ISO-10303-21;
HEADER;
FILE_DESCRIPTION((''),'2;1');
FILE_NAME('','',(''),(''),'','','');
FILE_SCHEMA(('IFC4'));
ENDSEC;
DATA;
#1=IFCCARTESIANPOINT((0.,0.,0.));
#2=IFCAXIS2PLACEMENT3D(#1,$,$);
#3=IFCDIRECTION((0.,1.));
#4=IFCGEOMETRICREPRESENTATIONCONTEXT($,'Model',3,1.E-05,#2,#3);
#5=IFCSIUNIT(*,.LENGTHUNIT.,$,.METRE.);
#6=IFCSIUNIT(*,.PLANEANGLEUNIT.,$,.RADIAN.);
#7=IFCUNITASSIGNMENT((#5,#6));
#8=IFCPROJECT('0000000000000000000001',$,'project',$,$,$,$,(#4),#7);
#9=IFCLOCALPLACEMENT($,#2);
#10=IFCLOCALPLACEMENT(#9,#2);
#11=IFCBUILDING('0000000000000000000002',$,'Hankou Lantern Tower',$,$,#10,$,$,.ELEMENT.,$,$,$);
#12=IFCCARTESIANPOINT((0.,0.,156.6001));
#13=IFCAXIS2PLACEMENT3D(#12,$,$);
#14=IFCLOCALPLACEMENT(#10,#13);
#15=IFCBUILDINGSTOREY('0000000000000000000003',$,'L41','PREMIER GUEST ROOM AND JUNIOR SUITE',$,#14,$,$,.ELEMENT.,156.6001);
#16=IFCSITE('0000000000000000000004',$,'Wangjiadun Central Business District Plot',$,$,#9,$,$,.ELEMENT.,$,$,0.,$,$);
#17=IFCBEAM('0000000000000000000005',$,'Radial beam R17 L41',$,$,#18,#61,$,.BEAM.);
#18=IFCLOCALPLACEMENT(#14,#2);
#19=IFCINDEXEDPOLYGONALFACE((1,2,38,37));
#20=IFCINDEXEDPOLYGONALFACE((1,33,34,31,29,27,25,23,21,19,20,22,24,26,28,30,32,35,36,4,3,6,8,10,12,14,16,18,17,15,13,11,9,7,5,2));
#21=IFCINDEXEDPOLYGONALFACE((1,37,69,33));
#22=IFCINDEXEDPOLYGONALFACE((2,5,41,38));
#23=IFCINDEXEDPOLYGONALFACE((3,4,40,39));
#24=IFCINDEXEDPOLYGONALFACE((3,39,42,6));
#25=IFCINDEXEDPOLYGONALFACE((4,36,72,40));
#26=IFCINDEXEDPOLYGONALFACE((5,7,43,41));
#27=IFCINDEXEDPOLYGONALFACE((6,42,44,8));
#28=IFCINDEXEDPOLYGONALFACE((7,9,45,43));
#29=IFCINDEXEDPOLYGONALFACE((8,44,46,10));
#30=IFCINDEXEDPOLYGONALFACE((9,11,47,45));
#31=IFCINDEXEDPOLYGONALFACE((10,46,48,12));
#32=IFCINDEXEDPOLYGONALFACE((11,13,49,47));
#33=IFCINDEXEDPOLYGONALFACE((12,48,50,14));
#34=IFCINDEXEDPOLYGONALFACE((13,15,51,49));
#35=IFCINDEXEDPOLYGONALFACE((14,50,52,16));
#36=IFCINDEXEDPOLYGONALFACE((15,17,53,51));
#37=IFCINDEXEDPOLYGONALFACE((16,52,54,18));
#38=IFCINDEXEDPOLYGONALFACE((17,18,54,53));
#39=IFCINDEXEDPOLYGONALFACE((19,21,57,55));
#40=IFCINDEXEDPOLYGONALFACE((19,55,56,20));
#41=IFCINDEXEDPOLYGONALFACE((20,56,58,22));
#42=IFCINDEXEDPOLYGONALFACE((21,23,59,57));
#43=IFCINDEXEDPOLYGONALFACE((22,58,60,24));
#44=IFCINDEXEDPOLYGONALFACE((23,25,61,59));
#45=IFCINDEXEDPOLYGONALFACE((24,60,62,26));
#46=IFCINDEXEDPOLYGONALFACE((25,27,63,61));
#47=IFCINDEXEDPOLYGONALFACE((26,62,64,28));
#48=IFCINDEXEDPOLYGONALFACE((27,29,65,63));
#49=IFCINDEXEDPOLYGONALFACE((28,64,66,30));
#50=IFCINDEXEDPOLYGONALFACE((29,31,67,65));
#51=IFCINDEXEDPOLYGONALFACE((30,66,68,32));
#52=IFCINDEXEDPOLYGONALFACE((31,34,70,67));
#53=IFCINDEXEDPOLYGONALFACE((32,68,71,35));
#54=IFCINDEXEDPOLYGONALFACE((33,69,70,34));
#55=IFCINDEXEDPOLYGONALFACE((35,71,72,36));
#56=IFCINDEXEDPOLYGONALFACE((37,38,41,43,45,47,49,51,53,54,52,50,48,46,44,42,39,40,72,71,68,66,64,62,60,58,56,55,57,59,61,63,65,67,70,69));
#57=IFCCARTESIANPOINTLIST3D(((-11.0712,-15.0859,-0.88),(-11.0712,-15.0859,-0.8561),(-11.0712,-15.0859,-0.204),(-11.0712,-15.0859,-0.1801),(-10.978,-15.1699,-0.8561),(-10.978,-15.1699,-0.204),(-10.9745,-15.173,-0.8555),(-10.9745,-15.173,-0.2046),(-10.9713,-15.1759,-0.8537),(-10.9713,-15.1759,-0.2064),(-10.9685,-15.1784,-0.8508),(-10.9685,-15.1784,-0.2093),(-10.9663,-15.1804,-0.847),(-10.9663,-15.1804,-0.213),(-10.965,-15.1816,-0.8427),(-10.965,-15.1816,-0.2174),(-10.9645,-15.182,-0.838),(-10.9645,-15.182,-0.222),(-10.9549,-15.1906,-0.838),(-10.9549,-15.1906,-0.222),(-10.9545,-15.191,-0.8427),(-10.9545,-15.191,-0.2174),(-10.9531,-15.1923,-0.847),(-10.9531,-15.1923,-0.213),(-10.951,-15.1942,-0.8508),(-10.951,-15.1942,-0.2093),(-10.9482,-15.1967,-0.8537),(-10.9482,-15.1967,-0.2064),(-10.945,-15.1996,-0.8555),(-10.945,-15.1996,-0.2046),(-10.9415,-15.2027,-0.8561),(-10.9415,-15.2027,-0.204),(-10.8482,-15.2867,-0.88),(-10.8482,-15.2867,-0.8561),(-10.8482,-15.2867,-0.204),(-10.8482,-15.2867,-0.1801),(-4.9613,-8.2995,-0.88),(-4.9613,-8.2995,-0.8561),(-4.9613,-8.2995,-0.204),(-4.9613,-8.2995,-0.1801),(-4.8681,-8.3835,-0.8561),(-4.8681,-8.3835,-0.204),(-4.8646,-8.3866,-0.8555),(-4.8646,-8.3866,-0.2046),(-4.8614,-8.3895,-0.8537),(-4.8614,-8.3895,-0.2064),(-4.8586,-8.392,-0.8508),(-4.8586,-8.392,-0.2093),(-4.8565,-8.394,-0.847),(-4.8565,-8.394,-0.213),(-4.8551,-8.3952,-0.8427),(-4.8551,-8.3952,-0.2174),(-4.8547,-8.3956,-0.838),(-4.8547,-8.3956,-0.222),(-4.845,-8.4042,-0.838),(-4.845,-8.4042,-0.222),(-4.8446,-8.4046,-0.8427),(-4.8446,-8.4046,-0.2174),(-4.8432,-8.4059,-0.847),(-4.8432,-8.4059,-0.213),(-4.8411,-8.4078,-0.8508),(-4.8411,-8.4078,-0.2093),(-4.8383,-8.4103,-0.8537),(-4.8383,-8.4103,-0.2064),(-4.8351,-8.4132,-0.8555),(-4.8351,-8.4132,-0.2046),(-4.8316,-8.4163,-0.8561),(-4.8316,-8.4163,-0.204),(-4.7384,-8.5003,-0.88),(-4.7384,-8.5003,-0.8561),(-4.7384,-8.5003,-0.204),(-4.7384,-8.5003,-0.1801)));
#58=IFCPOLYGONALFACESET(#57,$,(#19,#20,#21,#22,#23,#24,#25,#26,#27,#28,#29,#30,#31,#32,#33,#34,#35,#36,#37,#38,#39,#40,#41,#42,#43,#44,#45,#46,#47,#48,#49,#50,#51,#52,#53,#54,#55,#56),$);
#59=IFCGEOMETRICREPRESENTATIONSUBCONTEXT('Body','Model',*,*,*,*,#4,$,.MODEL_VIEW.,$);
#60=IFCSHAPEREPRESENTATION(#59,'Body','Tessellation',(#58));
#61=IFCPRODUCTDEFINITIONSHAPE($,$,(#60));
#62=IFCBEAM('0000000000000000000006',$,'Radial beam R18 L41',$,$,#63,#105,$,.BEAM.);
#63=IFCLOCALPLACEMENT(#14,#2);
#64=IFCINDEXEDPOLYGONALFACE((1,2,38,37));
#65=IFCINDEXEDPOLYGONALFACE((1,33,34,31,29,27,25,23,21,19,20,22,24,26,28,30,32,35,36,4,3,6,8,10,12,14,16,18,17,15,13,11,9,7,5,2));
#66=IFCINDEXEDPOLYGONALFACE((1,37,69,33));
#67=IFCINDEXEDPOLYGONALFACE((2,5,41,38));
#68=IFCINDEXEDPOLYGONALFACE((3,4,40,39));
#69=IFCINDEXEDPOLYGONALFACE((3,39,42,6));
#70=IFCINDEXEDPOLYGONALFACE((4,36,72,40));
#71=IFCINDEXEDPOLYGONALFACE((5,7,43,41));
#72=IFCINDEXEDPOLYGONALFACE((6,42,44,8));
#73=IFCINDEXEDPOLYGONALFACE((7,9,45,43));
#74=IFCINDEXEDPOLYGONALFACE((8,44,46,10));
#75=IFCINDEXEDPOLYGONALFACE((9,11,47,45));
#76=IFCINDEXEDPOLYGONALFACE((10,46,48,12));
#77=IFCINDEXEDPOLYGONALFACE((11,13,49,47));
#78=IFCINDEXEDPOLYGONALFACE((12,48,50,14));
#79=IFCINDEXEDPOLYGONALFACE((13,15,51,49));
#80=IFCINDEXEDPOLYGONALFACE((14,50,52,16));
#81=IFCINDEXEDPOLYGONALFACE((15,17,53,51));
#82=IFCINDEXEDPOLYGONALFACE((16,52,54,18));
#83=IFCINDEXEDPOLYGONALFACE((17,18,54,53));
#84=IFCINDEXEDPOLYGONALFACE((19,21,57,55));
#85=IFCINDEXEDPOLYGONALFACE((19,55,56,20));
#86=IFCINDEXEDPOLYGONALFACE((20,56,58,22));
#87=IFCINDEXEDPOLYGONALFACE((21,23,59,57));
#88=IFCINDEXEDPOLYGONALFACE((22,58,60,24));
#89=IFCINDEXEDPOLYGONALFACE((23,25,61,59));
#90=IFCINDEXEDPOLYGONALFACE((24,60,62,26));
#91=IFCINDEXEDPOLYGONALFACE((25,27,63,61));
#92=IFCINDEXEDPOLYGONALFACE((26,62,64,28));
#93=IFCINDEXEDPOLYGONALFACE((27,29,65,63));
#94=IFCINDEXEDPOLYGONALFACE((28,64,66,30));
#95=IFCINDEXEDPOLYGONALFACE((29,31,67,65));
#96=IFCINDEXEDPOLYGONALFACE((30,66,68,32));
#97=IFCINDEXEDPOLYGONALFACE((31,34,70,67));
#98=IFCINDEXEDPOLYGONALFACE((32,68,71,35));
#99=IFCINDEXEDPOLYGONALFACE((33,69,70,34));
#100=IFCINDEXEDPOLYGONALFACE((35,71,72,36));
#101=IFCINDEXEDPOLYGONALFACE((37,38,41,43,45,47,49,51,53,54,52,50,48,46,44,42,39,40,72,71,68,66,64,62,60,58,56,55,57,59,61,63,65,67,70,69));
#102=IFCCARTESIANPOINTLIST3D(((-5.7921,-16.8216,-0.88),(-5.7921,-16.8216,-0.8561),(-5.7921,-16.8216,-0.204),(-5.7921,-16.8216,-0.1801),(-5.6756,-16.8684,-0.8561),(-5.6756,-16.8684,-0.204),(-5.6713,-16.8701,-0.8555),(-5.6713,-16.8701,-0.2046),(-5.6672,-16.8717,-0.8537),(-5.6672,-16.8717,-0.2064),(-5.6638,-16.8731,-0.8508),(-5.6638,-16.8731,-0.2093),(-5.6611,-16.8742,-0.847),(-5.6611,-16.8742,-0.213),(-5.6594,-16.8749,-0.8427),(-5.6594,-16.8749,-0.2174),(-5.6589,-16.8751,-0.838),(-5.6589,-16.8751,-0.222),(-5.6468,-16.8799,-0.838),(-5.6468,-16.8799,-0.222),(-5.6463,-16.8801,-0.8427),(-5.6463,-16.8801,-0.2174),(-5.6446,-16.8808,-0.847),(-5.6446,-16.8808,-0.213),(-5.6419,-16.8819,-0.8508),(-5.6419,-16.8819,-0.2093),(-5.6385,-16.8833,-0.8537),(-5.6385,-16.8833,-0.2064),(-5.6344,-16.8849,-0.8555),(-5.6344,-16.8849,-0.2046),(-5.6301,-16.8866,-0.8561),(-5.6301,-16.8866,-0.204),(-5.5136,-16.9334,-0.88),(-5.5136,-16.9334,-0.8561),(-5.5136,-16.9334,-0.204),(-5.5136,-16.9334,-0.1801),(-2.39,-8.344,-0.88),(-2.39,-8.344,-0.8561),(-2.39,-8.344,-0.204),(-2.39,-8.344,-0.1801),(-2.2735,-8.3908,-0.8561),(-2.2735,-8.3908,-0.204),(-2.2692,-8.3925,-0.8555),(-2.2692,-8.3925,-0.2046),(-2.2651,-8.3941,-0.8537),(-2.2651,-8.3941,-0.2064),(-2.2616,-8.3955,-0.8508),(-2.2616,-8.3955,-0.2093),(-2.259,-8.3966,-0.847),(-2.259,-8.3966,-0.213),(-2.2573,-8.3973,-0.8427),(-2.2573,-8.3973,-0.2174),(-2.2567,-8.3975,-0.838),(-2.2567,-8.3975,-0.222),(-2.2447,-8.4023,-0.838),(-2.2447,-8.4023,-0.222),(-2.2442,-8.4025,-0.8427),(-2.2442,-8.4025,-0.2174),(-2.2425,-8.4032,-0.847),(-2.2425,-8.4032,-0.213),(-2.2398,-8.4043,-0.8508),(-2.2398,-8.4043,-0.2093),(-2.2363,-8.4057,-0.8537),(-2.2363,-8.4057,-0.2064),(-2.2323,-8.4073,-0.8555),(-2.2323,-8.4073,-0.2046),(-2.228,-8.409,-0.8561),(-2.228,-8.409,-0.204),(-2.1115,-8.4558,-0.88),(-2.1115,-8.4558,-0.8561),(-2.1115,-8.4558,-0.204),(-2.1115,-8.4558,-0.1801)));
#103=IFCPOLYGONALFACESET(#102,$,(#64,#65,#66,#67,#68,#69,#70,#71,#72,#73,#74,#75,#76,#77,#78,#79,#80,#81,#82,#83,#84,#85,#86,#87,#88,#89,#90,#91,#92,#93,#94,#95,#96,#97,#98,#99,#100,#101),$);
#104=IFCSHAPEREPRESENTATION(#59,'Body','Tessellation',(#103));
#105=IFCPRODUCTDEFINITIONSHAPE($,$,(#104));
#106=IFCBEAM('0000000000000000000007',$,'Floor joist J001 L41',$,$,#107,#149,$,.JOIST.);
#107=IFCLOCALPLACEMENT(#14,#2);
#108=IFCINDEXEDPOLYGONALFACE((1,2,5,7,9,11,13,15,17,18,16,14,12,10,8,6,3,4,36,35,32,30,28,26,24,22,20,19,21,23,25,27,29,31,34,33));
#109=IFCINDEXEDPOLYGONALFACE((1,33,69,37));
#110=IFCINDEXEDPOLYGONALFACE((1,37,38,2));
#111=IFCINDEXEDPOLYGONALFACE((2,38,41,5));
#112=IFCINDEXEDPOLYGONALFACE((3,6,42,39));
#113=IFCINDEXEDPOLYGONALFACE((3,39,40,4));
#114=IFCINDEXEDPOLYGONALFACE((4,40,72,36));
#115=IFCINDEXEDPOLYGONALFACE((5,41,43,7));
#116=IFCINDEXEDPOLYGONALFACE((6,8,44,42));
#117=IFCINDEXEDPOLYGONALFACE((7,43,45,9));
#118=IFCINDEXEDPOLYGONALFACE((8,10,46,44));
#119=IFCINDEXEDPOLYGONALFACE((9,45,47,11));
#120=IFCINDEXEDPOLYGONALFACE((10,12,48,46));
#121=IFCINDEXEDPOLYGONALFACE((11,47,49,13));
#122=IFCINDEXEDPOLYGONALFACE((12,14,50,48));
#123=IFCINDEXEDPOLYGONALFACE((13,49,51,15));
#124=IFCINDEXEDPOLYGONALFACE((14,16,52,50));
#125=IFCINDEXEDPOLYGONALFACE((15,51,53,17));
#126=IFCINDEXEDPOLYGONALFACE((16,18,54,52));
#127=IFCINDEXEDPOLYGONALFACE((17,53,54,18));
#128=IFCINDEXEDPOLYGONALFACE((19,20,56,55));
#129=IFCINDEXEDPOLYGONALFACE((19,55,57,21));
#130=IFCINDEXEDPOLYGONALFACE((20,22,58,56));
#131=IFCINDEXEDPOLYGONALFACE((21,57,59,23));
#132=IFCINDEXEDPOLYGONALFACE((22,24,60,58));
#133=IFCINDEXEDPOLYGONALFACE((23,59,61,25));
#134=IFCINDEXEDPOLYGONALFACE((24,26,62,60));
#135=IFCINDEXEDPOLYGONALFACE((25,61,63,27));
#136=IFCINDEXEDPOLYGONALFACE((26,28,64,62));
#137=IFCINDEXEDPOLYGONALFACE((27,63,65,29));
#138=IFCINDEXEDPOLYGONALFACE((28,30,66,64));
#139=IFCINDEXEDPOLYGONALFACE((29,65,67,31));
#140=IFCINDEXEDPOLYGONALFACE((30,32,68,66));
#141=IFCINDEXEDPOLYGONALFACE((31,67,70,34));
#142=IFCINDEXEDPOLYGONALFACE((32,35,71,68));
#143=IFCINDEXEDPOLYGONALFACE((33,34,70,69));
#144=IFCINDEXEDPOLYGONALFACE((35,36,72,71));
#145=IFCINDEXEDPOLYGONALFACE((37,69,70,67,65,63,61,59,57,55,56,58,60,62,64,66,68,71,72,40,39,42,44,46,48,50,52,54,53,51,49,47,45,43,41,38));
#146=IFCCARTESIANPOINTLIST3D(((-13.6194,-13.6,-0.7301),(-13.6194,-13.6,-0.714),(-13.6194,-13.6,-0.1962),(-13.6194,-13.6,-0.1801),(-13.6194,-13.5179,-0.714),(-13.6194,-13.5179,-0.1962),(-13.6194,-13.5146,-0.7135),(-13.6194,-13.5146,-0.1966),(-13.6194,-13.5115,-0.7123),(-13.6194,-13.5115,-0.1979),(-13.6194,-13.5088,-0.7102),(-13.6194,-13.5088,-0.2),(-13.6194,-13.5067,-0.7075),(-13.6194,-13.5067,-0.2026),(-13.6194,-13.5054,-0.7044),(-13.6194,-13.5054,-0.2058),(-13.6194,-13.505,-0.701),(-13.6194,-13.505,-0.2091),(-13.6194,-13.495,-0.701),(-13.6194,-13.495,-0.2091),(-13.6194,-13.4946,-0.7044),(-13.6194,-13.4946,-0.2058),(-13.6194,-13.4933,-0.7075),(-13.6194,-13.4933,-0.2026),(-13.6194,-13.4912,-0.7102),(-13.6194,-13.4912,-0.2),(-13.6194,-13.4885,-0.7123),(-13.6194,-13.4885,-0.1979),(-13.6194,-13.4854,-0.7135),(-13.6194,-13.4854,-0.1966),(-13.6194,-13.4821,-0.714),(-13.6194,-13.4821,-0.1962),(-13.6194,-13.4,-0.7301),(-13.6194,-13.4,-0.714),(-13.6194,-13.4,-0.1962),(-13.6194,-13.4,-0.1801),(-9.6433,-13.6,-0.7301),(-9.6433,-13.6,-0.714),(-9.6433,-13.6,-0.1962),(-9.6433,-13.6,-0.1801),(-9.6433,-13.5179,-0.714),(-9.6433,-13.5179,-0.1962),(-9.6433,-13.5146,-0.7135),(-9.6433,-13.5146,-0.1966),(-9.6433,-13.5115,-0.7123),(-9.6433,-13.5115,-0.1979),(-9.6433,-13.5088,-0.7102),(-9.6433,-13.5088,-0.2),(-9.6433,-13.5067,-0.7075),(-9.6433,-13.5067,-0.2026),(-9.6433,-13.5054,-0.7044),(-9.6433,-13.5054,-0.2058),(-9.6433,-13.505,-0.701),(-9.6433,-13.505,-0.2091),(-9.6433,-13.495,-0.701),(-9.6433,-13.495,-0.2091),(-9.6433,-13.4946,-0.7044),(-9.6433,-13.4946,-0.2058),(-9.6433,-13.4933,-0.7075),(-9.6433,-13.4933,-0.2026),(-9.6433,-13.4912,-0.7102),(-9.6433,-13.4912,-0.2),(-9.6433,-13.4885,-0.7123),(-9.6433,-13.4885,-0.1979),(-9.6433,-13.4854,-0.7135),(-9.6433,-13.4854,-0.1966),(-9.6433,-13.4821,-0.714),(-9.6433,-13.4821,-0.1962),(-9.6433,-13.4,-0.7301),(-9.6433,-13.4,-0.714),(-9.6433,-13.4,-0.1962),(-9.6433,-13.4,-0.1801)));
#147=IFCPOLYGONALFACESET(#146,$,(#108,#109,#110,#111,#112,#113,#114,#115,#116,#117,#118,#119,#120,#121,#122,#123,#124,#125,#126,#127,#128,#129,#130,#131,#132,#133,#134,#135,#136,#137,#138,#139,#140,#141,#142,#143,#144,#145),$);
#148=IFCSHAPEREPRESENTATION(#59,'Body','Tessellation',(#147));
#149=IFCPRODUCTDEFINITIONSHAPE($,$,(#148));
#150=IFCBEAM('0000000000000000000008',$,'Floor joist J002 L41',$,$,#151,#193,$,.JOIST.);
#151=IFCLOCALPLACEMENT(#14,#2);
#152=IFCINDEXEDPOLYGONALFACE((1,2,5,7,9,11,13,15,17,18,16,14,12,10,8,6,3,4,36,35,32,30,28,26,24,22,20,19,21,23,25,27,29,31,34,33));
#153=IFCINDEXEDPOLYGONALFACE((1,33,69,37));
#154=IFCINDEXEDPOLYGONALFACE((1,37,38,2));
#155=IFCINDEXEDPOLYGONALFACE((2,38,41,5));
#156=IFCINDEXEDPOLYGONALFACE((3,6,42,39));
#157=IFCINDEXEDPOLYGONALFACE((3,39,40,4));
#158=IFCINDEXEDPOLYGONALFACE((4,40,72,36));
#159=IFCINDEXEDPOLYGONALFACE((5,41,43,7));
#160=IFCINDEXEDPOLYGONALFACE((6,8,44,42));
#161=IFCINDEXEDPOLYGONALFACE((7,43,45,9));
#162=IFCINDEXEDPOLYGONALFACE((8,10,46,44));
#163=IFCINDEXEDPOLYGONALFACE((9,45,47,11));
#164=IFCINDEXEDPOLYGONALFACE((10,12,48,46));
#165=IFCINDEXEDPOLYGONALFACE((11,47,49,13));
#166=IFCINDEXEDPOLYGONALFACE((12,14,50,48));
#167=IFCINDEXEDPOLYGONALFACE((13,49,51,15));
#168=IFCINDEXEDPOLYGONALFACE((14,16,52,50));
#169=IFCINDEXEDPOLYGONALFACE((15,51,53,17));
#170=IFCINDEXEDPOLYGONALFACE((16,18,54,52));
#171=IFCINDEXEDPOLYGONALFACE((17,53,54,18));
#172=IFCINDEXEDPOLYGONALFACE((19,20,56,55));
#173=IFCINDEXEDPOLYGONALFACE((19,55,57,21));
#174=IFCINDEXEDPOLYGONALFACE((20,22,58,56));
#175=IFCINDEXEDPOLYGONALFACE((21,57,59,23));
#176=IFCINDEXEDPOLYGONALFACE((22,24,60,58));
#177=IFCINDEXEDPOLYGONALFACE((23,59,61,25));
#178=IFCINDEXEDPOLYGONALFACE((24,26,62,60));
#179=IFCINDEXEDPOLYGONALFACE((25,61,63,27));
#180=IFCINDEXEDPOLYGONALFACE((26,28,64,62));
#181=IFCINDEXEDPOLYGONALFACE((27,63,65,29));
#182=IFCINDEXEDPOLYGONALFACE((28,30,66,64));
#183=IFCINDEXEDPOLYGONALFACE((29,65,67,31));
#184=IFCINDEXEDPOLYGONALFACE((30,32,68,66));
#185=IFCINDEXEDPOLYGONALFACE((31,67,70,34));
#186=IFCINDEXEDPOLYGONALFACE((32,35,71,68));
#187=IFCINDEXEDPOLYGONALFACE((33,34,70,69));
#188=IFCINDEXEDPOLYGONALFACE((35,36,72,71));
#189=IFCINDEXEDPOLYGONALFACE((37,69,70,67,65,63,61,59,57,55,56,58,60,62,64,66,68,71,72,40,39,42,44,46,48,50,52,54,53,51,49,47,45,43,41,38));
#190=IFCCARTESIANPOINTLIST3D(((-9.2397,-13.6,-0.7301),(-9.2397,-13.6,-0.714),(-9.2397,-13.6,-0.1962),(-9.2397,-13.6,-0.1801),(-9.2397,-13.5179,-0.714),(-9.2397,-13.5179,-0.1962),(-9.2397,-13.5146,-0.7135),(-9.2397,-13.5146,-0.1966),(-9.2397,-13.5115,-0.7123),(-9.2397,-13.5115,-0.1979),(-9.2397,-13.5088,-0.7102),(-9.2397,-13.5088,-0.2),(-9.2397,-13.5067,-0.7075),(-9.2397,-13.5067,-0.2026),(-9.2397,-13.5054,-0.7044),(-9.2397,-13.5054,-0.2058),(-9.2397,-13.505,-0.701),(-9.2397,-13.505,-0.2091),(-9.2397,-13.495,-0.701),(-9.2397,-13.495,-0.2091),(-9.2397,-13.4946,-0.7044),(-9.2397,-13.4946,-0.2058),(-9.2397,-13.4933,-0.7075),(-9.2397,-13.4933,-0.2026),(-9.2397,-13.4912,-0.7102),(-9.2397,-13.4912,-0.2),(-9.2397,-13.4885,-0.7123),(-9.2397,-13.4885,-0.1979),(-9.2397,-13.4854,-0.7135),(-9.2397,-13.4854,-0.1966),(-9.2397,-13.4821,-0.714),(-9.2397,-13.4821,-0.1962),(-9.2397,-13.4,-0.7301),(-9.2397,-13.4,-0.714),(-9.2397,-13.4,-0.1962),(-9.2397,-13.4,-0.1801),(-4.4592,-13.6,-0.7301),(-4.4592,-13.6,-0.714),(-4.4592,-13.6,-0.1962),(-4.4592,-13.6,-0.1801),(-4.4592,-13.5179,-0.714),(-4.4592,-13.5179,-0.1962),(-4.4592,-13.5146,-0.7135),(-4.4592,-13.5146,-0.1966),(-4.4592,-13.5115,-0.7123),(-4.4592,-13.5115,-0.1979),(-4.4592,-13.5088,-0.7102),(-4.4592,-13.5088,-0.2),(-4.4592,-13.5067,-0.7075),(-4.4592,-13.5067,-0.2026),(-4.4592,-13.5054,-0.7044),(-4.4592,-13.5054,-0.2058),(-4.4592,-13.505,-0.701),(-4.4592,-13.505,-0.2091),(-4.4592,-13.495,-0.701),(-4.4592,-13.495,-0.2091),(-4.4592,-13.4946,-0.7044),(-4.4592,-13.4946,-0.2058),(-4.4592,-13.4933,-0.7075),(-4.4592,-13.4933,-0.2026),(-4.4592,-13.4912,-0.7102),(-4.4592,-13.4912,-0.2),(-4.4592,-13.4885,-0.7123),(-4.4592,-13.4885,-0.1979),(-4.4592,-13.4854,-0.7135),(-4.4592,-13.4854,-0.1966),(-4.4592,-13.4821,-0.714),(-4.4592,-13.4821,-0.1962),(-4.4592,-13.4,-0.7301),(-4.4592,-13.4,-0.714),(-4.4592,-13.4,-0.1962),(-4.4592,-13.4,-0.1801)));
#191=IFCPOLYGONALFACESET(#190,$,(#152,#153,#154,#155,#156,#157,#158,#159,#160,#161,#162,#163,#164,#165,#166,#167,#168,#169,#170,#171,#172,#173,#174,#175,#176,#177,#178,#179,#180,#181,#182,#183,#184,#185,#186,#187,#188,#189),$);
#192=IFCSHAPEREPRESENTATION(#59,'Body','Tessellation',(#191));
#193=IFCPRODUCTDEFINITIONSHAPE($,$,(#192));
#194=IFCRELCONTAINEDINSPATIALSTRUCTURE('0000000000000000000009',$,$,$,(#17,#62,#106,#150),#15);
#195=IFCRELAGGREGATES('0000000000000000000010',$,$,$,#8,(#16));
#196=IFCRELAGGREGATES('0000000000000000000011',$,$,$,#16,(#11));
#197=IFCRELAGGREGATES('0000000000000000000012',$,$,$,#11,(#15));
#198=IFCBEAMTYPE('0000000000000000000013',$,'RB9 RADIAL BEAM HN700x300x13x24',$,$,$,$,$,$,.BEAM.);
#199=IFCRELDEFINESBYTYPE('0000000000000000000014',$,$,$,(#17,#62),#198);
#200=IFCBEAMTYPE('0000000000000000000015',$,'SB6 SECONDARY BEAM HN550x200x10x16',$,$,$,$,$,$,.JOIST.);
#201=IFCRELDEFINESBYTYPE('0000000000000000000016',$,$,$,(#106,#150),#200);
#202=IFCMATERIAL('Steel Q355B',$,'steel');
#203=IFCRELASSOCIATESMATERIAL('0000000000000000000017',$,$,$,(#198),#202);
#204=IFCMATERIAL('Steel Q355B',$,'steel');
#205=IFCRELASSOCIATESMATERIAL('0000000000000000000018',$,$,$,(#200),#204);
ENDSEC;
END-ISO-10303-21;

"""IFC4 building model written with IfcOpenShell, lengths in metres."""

from ifc_helpers import new_model, si_unit, direction, frame, origin, origin_2d, place, context, subcontext, project, spatial, i_section, extrude, material, material_profile, profile_set, type_object, element, save


model = new_model("IFC4")

# Units and contexts
model_context = context("Model", 3, precision=1e-05, world=origin(), true_north=direction((0.0, 1.0)))
body_context = subcontext(model_context, "Body", "Model", "MODEL_VIEW")
ifc_project = project(units=[si_unit("LENGTHUNIT", "METRE"), si_unit("PLANEANGLEUNIT", "RADIAN")], contexts=[model_context])

# Site, building, storey
site_placement = place(None, origin())
site = spatial("IfcSite", under=ifc_project, at=site_placement, Name="Wangjiadun Central Business District Plot", CompositionType="ELEMENT", RefElevation=0.0)
building_placement = place(site_placement, origin())
building = spatial("IfcBuilding", under=site, at=building_placement, Name="Hankou Lantern Tower", CompositionType="ELEMENT")
storey_placement = place(building_placement, frame((0.0, 0.0, 156.6001)))
storey = spatial("IfcBuildingStorey", under=building, at=storey_placement, Name="L41", Description="PREMIER GUEST ROOM AND JUNIOR SUITE", CompositionType="ELEMENT", Elevation=156.6001)

# Beams
ifc_material_1 = material(Name="Steel Q355B", Category="steel")
ifc_material_profile_1 = material_profile(ifc_material_1, i_section(OverallWidth=0.3, OverallDepth=0.7, WebThickness=0.0129, FlangeThickness=0.0239, FilletRadius=0.0181, at=origin_2d()), Name="HN700x300x13x24")
ifc_profile_set_1 = profile_set([ifc_material_profile_1], Name="Steel Q355B")
beam_type_1 = type_object("IfcBeamType", Name="RB9 RADIAL BEAM HN700x300x13x24", PredefinedType="BEAM", material=ifc_profile_set_1)
beam_1_placement = place(storey_placement, frame((-4.8499, -8.3999, -0.53), z_axis=(-0.669093, -0.743178, 0.0), x_axis=(0.743178, -0.669093, 0.0)))
element("IfcBeam", 1, at=beam_1_placement, inside=storey, type_object=beam_type_1, Name="Radial beam R17 L41", PredefinedType="BEAM", context=body_context, shape_type="SweptSolid", body=[
    extrude(i_section(OverallWidth=0.3, OverallDepth=0.7, WebThickness=0.0129, FlangeThickness=0.0239, FilletRadius=0.0181, at=origin_2d()), origin(), (0.0, 0.0, 1.0), 9.1316),
])
beam_2_placement = place(storey_placement, frame((-2.2507, -8.3999, -0.53), z_axis=(-0.372436, -0.928058, 0.0), x_axis=(0.928058, -0.372436, 0.0)))
element("IfcBeam", 2, at=beam_2_placement, inside=storey, type_object=beam_type_1, Name="Radial beam R18 L41", PredefinedType="BEAM", context=body_context, shape_type="SweptSolid", body=[
    extrude(i_section(OverallWidth=0.3, OverallDepth=0.7, WebThickness=0.0129, FlangeThickness=0.0239, FilletRadius=0.0181, at=origin_2d()), origin(), (0.0, 0.0, 1.0), 9.1348),
])
ifc_material_2 = material(Name="Steel Q355B", Category="steel")
ifc_material_profile_2 = material_profile(ifc_material_2, i_section(OverallWidth=0.2, OverallDepth=0.55, WebThickness=0.01, FlangeThickness=0.0161, FilletRadius=0.0129, at=origin_2d()), Name="HN550x200x10x16")
ifc_profile_set_2 = profile_set([ifc_material_profile_2], Name="Steel Q355B")
beam_type_2 = type_object("IfcBeamType", Name="SB6 SECONDARY BEAM HN550x200x10x16", PredefinedType="JOIST", material=ifc_profile_set_2)
beam_3_placement = place(storey_placement, frame((-13.6194, -13.5, -0.4551), z_axis=(1.0, 0.0, 0.0), x_axis=(0.0, 1.0, 0.0)))
element("IfcBeam", 3, at=beam_3_placement, inside=storey, type_object=beam_type_2, Name="Floor joist J001 L41", PredefinedType="JOIST", context=body_context, shape_type="SweptSolid", body=[
    extrude(i_section(OverallWidth=0.2, OverallDepth=0.55, WebThickness=0.01, FlangeThickness=0.0161, FilletRadius=0.0129, at=origin_2d()), origin(), (0.0, 0.0, 1.0), 3.9761),
])
beam_4_placement = place(storey_placement, frame((-9.2397, -13.5, -0.4551), z_axis=(1.0, 0.0, 0.0), x_axis=(0.0, 1.0, 0.0)))
element("IfcBeam", 4, at=beam_4_placement, inside=storey, type_object=beam_type_2, Name="Floor joist J002 L41", PredefinedType="JOIST", context=body_context, shape_type="SweptSolid", body=[
    extrude(i_section(OverallWidth=0.2, OverallDepth=0.55, WebThickness=0.01, FlangeThickness=0.0161, FilletRadius=0.0129, at=origin_2d()), origin(), (0.0, 0.0, 1.0), 4.7805),
])

save(model, "model.ifc")
